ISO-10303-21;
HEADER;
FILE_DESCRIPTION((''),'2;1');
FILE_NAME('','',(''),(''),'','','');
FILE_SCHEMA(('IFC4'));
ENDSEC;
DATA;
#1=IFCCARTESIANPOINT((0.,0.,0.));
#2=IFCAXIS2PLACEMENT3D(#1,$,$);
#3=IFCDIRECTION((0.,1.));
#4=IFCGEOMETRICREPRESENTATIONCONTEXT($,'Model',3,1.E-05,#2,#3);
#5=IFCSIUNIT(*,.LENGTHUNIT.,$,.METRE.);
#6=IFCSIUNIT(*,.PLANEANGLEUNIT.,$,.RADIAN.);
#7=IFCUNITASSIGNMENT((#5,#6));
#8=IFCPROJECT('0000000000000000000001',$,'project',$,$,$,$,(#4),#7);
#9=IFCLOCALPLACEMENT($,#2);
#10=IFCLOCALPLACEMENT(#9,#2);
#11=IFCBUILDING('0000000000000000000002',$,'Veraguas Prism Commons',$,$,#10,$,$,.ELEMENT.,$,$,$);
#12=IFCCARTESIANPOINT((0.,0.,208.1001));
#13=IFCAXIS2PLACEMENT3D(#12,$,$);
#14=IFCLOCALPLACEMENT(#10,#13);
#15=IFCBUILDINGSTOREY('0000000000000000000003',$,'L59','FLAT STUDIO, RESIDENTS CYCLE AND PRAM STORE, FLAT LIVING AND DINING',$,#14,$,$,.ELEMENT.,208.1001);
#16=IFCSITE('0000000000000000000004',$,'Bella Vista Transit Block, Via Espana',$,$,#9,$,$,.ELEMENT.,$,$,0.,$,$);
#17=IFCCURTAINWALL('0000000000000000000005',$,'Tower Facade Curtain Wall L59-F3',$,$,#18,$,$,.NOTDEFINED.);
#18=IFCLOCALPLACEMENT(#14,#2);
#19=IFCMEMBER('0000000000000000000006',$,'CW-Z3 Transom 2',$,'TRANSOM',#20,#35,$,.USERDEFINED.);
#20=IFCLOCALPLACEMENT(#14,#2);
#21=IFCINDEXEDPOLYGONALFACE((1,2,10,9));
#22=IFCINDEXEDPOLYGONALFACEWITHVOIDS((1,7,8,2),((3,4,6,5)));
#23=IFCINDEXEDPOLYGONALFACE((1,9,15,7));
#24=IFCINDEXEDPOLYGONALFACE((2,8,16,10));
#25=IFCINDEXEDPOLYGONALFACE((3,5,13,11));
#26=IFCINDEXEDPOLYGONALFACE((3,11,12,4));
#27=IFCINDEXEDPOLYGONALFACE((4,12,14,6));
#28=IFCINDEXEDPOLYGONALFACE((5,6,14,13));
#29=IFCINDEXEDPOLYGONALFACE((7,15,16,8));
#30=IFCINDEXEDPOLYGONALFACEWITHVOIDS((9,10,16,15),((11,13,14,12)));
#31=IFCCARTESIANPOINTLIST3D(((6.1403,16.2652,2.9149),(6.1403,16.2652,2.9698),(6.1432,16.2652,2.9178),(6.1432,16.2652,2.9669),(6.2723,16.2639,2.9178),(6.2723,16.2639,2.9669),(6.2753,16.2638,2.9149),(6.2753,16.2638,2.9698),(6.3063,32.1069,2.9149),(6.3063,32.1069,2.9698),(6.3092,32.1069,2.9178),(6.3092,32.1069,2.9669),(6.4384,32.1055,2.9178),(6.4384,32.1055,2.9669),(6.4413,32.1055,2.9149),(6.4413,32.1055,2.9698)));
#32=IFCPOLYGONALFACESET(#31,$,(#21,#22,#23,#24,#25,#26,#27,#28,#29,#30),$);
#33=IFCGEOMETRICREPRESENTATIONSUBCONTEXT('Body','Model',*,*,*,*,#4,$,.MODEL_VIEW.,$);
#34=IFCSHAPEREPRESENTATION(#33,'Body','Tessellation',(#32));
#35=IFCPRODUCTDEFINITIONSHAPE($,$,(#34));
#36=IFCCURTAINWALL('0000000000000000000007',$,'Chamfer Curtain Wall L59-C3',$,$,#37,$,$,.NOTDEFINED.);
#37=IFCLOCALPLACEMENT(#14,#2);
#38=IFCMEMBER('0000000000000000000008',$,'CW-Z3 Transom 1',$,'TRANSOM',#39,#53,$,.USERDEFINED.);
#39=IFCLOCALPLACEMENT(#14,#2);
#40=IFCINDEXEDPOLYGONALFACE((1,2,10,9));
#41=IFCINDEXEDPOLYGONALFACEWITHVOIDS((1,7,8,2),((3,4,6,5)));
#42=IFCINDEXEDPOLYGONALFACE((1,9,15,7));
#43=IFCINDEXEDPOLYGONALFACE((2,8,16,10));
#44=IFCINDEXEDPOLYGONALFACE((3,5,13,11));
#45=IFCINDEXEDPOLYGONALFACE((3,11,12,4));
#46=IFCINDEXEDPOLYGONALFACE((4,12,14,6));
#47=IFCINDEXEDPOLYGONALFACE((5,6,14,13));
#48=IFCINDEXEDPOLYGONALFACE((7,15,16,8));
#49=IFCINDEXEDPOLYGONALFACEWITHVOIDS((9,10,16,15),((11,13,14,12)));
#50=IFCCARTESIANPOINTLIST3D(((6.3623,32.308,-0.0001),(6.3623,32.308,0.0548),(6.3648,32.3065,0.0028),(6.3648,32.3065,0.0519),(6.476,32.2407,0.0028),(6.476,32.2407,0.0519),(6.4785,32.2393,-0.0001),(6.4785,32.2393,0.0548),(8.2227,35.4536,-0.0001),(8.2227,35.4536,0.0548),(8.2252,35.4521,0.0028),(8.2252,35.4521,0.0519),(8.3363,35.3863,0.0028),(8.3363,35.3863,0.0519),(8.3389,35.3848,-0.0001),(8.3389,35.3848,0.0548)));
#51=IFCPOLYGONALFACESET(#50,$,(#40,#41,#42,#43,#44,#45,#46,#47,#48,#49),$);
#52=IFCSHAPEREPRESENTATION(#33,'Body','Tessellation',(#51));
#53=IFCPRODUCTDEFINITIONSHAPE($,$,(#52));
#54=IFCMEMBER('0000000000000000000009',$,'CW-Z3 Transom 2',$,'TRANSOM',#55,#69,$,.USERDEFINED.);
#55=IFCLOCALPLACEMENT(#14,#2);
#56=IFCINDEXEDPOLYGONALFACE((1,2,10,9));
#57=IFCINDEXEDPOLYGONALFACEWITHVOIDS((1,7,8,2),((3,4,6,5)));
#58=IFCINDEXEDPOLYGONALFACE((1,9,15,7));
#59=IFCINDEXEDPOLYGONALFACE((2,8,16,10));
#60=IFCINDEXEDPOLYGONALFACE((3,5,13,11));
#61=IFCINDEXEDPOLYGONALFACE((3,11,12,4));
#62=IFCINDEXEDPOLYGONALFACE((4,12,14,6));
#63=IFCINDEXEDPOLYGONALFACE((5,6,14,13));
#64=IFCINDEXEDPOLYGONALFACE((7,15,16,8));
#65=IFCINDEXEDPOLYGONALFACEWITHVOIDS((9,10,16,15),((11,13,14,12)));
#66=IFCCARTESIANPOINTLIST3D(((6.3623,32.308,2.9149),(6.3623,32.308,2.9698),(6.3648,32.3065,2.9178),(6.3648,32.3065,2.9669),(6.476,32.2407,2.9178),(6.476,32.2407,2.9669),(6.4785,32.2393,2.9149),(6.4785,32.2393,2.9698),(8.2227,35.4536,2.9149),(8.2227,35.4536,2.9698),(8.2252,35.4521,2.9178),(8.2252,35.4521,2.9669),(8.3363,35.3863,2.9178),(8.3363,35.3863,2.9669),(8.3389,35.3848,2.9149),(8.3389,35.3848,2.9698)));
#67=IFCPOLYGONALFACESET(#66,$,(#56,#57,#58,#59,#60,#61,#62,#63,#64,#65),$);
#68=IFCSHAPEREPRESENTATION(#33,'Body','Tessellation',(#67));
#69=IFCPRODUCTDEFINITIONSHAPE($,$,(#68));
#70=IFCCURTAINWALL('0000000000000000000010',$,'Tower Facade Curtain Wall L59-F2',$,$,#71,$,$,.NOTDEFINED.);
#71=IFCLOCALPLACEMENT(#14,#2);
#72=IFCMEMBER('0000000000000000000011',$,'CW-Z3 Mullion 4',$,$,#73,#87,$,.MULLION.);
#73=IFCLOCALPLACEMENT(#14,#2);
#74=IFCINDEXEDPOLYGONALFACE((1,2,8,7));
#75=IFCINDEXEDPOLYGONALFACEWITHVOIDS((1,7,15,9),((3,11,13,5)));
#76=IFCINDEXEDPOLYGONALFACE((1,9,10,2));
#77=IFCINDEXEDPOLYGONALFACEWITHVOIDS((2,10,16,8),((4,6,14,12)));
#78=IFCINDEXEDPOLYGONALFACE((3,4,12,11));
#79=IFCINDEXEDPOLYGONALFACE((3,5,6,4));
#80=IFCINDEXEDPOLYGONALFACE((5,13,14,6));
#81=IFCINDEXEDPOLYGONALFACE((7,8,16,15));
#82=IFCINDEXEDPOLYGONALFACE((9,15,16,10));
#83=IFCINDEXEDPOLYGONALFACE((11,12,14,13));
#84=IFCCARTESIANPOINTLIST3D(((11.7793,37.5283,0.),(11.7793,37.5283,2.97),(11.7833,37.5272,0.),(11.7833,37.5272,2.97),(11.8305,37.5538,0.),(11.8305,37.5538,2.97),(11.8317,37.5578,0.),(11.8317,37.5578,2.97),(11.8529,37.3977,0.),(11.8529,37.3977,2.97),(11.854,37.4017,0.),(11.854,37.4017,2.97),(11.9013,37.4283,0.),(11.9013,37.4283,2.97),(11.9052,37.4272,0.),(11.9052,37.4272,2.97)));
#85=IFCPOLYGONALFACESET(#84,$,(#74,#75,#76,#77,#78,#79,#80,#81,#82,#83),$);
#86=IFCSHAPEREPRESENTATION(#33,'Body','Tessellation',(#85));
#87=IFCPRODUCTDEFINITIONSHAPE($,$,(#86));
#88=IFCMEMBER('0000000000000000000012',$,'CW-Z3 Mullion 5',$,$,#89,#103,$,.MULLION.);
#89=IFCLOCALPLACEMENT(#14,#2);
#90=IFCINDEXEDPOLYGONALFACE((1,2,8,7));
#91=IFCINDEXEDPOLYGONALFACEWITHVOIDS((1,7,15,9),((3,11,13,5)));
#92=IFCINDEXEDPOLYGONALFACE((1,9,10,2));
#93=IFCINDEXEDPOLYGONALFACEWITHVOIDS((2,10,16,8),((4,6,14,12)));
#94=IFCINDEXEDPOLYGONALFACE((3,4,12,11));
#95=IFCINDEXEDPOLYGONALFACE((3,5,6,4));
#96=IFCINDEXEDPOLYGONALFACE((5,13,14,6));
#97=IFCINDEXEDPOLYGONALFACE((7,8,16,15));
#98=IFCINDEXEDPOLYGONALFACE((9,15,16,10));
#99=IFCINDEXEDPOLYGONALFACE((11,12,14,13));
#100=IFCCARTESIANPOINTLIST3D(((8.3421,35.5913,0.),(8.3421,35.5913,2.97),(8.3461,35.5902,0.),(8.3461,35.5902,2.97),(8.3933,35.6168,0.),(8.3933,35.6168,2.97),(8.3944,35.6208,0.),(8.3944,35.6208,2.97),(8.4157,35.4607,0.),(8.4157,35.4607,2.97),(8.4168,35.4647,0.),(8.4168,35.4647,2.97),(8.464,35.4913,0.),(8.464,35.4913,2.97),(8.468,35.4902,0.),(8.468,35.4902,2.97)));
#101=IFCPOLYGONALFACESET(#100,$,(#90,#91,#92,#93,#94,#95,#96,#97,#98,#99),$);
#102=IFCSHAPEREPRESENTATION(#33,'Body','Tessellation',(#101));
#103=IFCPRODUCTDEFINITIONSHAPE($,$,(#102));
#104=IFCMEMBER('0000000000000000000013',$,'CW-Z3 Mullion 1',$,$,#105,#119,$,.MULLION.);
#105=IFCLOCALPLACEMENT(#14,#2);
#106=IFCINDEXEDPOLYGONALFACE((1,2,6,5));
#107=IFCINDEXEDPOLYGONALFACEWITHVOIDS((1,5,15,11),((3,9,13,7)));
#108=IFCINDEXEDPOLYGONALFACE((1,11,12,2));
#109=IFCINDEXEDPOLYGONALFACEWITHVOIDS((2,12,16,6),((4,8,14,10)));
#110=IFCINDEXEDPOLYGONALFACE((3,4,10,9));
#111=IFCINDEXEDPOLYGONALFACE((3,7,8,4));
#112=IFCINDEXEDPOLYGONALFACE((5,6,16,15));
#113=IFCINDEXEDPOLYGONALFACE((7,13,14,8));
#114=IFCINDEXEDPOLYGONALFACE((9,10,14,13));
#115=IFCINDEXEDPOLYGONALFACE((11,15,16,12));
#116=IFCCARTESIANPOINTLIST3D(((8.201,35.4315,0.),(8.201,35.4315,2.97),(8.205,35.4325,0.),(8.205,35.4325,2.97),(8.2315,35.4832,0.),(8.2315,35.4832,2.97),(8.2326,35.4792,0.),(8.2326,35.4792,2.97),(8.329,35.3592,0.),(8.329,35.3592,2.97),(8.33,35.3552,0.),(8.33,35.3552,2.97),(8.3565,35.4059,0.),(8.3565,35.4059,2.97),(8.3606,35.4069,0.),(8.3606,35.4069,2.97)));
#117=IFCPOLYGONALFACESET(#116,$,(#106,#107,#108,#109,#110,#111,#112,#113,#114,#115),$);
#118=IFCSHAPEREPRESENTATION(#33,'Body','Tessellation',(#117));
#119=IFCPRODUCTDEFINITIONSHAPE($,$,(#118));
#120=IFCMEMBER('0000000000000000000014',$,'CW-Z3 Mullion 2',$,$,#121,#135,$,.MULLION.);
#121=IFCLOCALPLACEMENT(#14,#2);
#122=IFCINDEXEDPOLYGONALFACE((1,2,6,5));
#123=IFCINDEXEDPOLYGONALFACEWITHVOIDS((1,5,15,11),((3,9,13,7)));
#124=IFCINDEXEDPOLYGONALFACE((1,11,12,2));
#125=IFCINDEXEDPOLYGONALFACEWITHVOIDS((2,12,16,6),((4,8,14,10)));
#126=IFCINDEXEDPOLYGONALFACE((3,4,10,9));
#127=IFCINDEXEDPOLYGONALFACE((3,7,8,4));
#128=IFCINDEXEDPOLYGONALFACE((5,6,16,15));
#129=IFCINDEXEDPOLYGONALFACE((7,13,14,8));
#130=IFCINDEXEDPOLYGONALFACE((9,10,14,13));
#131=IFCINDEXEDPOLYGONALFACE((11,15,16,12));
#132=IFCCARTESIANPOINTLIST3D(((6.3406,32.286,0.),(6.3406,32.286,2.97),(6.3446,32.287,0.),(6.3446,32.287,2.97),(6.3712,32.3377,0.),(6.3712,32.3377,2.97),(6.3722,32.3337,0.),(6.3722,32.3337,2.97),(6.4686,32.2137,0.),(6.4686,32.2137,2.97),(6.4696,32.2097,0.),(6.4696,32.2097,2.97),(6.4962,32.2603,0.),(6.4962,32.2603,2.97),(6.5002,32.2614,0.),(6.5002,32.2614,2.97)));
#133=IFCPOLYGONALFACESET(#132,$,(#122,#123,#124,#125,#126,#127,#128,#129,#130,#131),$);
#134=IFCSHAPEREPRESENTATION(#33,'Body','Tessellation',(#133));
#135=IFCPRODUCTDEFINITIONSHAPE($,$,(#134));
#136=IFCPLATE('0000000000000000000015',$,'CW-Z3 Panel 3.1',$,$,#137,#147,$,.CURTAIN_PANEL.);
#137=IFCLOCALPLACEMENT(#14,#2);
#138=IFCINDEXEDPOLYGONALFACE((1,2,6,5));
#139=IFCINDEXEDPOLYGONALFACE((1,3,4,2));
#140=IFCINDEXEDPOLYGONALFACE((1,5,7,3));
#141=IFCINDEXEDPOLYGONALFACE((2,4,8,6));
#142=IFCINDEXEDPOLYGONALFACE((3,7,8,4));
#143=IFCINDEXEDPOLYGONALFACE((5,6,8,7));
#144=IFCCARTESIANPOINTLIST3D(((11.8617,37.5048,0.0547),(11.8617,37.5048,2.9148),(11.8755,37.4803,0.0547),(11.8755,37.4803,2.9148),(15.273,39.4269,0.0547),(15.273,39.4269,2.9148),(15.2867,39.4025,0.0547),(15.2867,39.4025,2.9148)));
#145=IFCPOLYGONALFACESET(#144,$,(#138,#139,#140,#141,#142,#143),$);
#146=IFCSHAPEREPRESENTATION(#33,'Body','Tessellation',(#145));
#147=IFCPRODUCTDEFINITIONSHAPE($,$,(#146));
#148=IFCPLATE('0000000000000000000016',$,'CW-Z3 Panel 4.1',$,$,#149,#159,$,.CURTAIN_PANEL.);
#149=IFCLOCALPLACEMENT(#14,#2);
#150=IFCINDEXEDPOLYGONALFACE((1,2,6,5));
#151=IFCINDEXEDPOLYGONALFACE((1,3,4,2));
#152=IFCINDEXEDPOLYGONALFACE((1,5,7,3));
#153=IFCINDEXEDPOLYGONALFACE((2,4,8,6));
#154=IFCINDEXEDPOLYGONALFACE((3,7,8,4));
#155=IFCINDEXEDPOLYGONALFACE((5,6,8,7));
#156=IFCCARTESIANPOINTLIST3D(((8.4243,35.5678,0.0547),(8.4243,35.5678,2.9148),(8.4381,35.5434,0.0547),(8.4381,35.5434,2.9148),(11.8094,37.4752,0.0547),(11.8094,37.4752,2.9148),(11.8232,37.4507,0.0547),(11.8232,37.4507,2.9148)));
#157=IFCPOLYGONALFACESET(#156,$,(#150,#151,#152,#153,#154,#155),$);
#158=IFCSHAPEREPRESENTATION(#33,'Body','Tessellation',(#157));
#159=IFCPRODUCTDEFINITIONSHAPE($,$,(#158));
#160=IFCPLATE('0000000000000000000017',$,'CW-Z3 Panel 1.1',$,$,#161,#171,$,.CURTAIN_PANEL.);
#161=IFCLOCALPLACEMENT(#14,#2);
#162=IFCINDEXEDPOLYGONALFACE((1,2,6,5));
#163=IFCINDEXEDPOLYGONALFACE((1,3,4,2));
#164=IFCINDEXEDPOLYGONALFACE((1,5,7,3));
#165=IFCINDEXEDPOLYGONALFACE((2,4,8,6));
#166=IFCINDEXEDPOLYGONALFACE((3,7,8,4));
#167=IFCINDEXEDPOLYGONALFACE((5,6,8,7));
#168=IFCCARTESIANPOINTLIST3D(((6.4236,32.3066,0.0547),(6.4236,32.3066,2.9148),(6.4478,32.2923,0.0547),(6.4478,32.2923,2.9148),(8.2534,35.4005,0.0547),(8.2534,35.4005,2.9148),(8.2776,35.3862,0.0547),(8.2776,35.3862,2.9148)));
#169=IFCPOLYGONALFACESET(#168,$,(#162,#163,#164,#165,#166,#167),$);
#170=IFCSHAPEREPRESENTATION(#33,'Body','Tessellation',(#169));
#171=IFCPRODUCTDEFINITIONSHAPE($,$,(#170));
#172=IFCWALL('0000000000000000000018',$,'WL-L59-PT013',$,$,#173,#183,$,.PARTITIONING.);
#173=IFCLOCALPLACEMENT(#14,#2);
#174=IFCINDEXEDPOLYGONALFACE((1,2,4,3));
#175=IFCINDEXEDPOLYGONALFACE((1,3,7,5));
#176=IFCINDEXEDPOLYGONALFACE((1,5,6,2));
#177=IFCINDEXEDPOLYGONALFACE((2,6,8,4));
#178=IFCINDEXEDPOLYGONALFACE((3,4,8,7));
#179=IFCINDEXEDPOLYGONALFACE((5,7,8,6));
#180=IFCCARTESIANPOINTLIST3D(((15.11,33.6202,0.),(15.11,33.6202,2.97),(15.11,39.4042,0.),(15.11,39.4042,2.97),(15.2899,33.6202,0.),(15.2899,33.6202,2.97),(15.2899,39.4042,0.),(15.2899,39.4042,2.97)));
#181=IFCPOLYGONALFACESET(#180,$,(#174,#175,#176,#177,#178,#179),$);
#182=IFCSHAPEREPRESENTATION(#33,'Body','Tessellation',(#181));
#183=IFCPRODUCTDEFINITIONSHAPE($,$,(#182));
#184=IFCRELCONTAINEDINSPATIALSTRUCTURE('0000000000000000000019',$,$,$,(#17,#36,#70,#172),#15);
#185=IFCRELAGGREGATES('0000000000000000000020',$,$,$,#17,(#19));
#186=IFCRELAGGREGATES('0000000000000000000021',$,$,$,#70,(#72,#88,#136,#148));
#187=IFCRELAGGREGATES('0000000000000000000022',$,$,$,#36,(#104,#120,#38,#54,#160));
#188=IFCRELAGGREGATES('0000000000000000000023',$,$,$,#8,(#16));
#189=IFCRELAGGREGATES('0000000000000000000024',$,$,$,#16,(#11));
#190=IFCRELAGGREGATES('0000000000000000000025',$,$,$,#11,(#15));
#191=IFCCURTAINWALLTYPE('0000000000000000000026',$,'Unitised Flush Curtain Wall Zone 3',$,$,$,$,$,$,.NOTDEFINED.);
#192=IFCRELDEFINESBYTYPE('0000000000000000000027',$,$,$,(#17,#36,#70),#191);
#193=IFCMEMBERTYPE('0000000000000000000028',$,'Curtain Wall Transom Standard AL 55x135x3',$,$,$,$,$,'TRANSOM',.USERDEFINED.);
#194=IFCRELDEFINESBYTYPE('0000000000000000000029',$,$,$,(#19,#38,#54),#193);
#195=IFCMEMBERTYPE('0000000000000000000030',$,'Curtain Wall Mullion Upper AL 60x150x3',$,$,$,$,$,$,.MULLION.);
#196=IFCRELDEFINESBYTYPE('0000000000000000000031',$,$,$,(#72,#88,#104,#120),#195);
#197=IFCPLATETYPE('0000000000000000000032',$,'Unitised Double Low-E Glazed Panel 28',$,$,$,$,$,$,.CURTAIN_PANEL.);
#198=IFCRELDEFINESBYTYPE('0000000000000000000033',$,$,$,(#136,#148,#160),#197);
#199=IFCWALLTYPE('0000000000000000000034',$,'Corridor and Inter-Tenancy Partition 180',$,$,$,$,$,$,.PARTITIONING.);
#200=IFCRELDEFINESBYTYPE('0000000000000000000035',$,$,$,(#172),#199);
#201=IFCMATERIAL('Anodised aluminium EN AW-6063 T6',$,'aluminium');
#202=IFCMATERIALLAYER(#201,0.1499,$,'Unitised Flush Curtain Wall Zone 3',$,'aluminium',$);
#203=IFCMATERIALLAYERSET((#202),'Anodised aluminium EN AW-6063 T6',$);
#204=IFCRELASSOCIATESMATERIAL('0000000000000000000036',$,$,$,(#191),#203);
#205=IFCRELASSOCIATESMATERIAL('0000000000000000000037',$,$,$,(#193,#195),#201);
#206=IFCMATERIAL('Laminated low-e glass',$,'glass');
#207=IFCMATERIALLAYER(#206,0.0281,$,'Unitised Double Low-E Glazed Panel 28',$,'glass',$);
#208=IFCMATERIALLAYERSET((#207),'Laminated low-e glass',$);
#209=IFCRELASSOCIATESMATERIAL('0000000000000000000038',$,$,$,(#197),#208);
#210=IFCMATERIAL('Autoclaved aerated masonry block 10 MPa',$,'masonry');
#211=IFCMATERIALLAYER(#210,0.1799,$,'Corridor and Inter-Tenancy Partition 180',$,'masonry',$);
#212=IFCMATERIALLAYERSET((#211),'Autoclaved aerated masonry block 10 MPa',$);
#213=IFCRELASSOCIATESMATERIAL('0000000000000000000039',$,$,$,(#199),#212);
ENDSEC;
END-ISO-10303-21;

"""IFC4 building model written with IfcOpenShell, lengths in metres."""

from ifc_helpers import new_model, si_unit, direction, frame, frame_2d, origin, origin_2d, place, context, subcontext, project, spatial, rectangle, hollow_rectangle, extrude, source, transform, mapped, material, layer, layer_set, material_profile, profile_set, type_object, element, aggregate, save


model = new_model("IFC4")

# Units and contexts
model_context = context("Model", 3, precision=1e-05, world=origin(), true_north=direction((0.0, 1.0)))
body_context = subcontext(model_context, "Body", "Model", "MODEL_VIEW")
ifc_project = project(units=[si_unit("LENGTHUNIT", "METRE"), si_unit("PLANEANGLEUNIT", "RADIAN")], contexts=[model_context])

# Site, building, storey
site_placement = place(None, origin())
site = spatial("IfcSite", under=ifc_project, at=site_placement, Name="Bella Vista Transit Block, Via Espana", CompositionType="ELEMENT", RefElevation=0.0)
building_placement = place(site_placement, origin())
building = spatial("IfcBuilding", under=site, at=building_placement, Name="Veraguas Prism Commons", CompositionType="ELEMENT")
storey_placement = place(building_placement, frame((0.0, 0.0, 208.1001)))
storey = spatial("IfcBuildingStorey", under=building, at=storey_placement, Name="L59", Description="FLAT STUDIO, RESIDENTS CYCLE AND PRAM STORE, FLAT LIVING AND DINING", CompositionType="ELEMENT", Elevation=208.1001)

# Curtain wall, member
ifc_material_1 = material(Name="Anodised aluminium EN AW-6063 T6", Category="aluminium")
ifc_layer_1 = layer(ifc_material_1, 0.1499, Name="Unitised Flush Curtain Wall Zone 3", Category="aluminium")
ifc_layer_set_1 = layer_set([ifc_layer_1], Name="Anodised aluminium EN AW-6063 T6")
curtain_wall_type = type_object("IfcCurtainWallType", Name="Unitised Flush Curtain Wall Zone 3", PredefinedType="NOTDEFINED", material=ifc_layer_set_1)
curtain_wall_1_placement = place(storey_placement, origin())
curtain_wall_1 = element("IfcCurtainWall", 1, at=curtain_wall_1_placement, inside=storey, type_object=curtain_wall_type, Name="Tower Facade Curtain Wall L59-F3", PredefinedType="NOTDEFINED")
ifc_material_profile_1 = material_profile(ifc_material_1, hollow_rectangle(XDim=0.0549, YDim=0.135, WallThickness=0.0029, at=origin_2d()), Name="AL55X135X3")
ifc_profile_set_1 = profile_set([ifc_material_profile_1], Name="Anodised aluminium EN AW-6063 T6")
member_type_1 = type_object("IfcMemberType", Name="Curtain Wall Transom Standard AL 55x135x3", ElementType="TRANSOM", PredefinedType="USERDEFINED", material=ifc_profile_set_1)
shared_shape_1 = source(origin(), body_context, "Body", "SweptSolid", [
    extrude(hollow_rectangle(XDim=0.0549, YDim=0.135, WallThickness=0.0029, at=origin_2d()), origin(), (0.0, 0.0, 1.0), 15.8425),
])
member_1_placement = place(storey_placement, frame((6.3738, 32.1062, 2.9424), z_axis=(-0.010479, -0.999945, 0.0), x_axis=(0.0, 0.0, 1.0)))
member_1 = element("IfcMember", 2, at=member_1_placement, type_object=member_type_1, Name="CW-Z3 Transom 2", ObjectType="TRANSOM", PredefinedType="USERDEFINED", context=body_context, shape_type="MappedRepresentation", body=[
    mapped(shared_shape_1, transform((0.0, 0.0, 0.0), scale=1.0)),
])
aggregate(curtain_wall_1, [member_1])

# Curtain walls, members
curtain_wall_2_placement = place(storey_placement, origin())
curtain_wall_2 = element("IfcCurtainWall", 3, at=curtain_wall_2_placement, inside=storey, type_object=curtain_wall_type, Name="Chamfer Curtain Wall L59-C3", PredefinedType="NOTDEFINED")
shared_shape_2 = source(origin(), body_context, "Body", "SweptSolid", [
    extrude(hollow_rectangle(XDim=0.0549, YDim=0.135, WallThickness=0.0029, at=origin_2d()), origin(), (0.0, 0.0, 1.0), 3.6545),
])
member_2_placement = place(storey_placement, frame((8.2808, 35.4192, 0.0273), z_axis=(-0.509062, -0.86073, 0.0), x_axis=(0.0, 0.0, 1.0)))
member_2 = element("IfcMember", 4, at=member_2_placement, type_object=member_type_1, Name="CW-Z3 Transom 1", ObjectType="TRANSOM", PredefinedType="USERDEFINED", context=body_context, shape_type="MappedRepresentation", body=[
    mapped(shared_shape_2, transform((0.0, 0.0, 0.0), scale=1.0)),
])
member_3_placement = place(storey_placement, frame((8.2808, 35.4192, 2.9424), z_axis=(-0.509062, -0.86073, 0.0), x_axis=(0.0, 0.0, 1.0)))
member_3 = element("IfcMember", 5, at=member_3_placement, type_object=member_type_1, Name="CW-Z3 Transom 2", ObjectType="TRANSOM", PredefinedType="USERDEFINED", context=body_context, shape_type="MappedRepresentation", body=[
    mapped(shared_shape_2, transform((0.0, 0.0, 0.0), scale=1.0)),
])
curtain_wall_3_placement = place(storey_placement, origin())
curtain_wall_3 = element("IfcCurtainWall", 6, at=curtain_wall_3_placement, inside=storey, type_object=curtain_wall_type, Name="Tower Facade Curtain Wall L59-F2", PredefinedType="NOTDEFINED")
ifc_material_profile_2 = material_profile(ifc_material_1, hollow_rectangle(XDim=0.0601, YDim=0.1499, WallThickness=0.0029, at=origin_2d()), Name="AL60X150X3")
ifc_profile_set_2 = profile_set([ifc_material_profile_2], Name="Anodised aluminium EN AW-6063 T6")
member_type_2 = type_object("IfcMemberType", Name="Curtain Wall Mullion Upper AL 60x150x3", PredefinedType="MULLION", material=ifc_profile_set_2)
shared_shape_3 = source(origin(), body_context, "Body", "SweptSolid", [
    extrude(hollow_rectangle(XDim=0.0601, YDim=0.1499, WallThickness=0.0029, at=origin_2d()), origin(), (0.0, 0.0, 1.0), 2.97),
])
member_4_placement = place(storey_placement, frame((11.8423, 37.4778, 0.0), z_axis=(0.0, 0.0, 1.0), x_axis=(-0.871216, -0.490901, 0.0)))
member_4 = element("IfcMember", 7, at=member_4_placement, type_object=member_type_2, Name="CW-Z3 Mullion 4", PredefinedType="MULLION", context=body_context, shape_type="MappedRepresentation", body=[
    mapped(shared_shape_3, transform((0.0, 0.0, 0.0), scale=1.0)),
])
member_5_placement = place(storey_placement, frame((8.405, 35.5408, 0.0), z_axis=(0.0, 0.0, 1.0), x_axis=(-0.871216, -0.490901, 0.0)))
member_5 = element("IfcMember", 8, at=member_5_placement, type_object=member_type_2, Name="CW-Z3 Mullion 5", PredefinedType="MULLION", context=body_context, shape_type="MappedRepresentation", body=[
    mapped(shared_shape_3, transform((0.0, 0.0, 0.0), scale=1.0)),
])

# Members
member_6_placement = place(storey_placement, frame((8.2808, 35.4192, 0.0), z_axis=(0.0, 0.0, 1.0), x_axis=(-0.509058, -0.860732, 0.0)))
member_6 = element("IfcMember", 9, at=member_6_placement, type_object=member_type_2, Name="CW-Z3 Mullion 1", PredefinedType="MULLION", context=body_context, shape_type="MappedRepresentation", body=[
    mapped(shared_shape_3, transform((0.0, 0.0, 0.0), scale=1.0)),
])
member_7_placement = place(storey_placement, frame((6.4204, 32.2737, 0.0), z_axis=(0.0, 0.0, 1.0), x_axis=(-0.509058, -0.860732, 0.0)))
member_7 = element("IfcMember", 10, at=member_7_placement, type_object=member_type_2, Name="CW-Z3 Mullion 2", PredefinedType="MULLION", context=body_context, shape_type="MappedRepresentation", body=[
    mapped(shared_shape_3, transform((0.0, 0.0, 0.0), scale=1.0)),
])

# Plates
ifc_material_2 = material(Name="Laminated low-e glass", Category="glass")
ifc_layer_2 = layer(ifc_material_2, 0.0281, Name="Unitised Double Low-E Glazed Panel 28", Category="glass")
ifc_layer_set_2 = layer_set([ifc_layer_2], Name="Laminated low-e glass")
plate_type = type_object("IfcPlateType", Name="Unitised Double Low-E Glazed Panel 28", PredefinedType="CURTAIN_PANEL", material=ifc_layer_set_2)
shared_shape_4 = source(origin(), body_context, "Body", "SweptSolid", [
    extrude(rectangle(XDim=3.9155, YDim=0.0281, at=origin_2d()), origin(), (0.0, 0.0, 1.0), 2.8601),
])
plate_1_placement = place(storey_placement, frame((13.5742, 38.4536, 0.0547), z_axis=(0.0, 0.0, 1.0), x_axis=(-0.871216, -0.490901, 0.0)))
plate_1 = element("IfcPlate", 11, at=plate_1_placement, type_object=plate_type, Name="CW-Z3 Panel 3.1", PredefinedType="CURTAIN_PANEL", context=body_context, shape_type="MappedRepresentation", body=[
    mapped(shared_shape_4, transform((0.0, 0.0, 0.0), scale=1.0)),
])
shared_shape_5 = source(origin(), body_context, "Body", "SweptSolid", [
    extrude(rectangle(XDim=3.8855, YDim=0.0281, at=origin_2d()), origin(), (0.0, 0.0, 1.0), 2.8601),
])
plate_2_placement = place(storey_placement, frame((10.1238, 36.5093, 0.0547), z_axis=(0.0, 0.0, 1.0), x_axis=(-0.871216, -0.490901, 0.0)))
plate_2 = element("IfcPlate", 12, at=plate_2_placement, type_object=plate_type, Name="CW-Z3 Panel 4.1", PredefinedType="CURTAIN_PANEL", context=body_context, shape_type="MappedRepresentation", body=[
    mapped(shared_shape_5, transform((0.0, 0.0, 0.0), scale=1.0)),
])
aggregate(curtain_wall_3, [member_4, member_5, plate_1, plate_2])
shared_shape_6 = source(origin(), body_context, "Body", "SweptSolid", [
    extrude(rectangle(XDim=3.5945, YDim=0.0281, at=origin_2d()), origin(), (0.0, 0.0, 1.0), 2.8601),
])
plate_3_placement = place(storey_placement, frame((7.3506, 33.8464, 0.0547), z_axis=(0.0, 0.0, 1.0), x_axis=(-0.509058, -0.860732, 0.0)))
plate_3 = element("IfcPlate", 13, at=plate_3_placement, type_object=plate_type, Name="CW-Z3 Panel 1.1", PredefinedType="CURTAIN_PANEL", context=body_context, shape_type="MappedRepresentation", body=[
    mapped(shared_shape_6, transform((0.0, 0.0, 0.0), scale=1.0)),
])
aggregate(curtain_wall_2, [member_6, member_7, member_2, member_3, plate_3])

# Wall
ifc_material_3 = material(Name="Autoclaved aerated masonry block 10 MPa", Category="masonry")
ifc_layer_3 = layer(ifc_material_3, 0.1799, Name="Corridor and Inter-Tenancy Partition 180", Category="masonry")
ifc_layer_set_3 = layer_set([ifc_layer_3], Name="Autoclaved aerated masonry block 10 MPa")
wall_type_1 = type_object("IfcWallType", Name="Corridor and Inter-Tenancy Partition 180", PredefinedType="PARTITIONING", material=ifc_layer_set_3)
wall_1_placement = place(storey_placement, frame((15.2, 33.6201, 0.0), z_axis=(0.0, 0.0, 1.0), x_axis=(0.0, 1.0, 0.0)))
element("IfcWall", 14, at=wall_1_placement, inside=storey, type_object=wall_type_1, Name="WL-L59-PT013", PredefinedType="PARTITIONING", context=body_context, shape_type="SweptSolid", body=[
    extrude(rectangle(XDim=5.7839, YDim=0.1799, at=frame_2d((2.8921, 0.0))), origin(), (0.0, 0.0, 1.0), 2.97),
])

save(model, "model.ifc")
